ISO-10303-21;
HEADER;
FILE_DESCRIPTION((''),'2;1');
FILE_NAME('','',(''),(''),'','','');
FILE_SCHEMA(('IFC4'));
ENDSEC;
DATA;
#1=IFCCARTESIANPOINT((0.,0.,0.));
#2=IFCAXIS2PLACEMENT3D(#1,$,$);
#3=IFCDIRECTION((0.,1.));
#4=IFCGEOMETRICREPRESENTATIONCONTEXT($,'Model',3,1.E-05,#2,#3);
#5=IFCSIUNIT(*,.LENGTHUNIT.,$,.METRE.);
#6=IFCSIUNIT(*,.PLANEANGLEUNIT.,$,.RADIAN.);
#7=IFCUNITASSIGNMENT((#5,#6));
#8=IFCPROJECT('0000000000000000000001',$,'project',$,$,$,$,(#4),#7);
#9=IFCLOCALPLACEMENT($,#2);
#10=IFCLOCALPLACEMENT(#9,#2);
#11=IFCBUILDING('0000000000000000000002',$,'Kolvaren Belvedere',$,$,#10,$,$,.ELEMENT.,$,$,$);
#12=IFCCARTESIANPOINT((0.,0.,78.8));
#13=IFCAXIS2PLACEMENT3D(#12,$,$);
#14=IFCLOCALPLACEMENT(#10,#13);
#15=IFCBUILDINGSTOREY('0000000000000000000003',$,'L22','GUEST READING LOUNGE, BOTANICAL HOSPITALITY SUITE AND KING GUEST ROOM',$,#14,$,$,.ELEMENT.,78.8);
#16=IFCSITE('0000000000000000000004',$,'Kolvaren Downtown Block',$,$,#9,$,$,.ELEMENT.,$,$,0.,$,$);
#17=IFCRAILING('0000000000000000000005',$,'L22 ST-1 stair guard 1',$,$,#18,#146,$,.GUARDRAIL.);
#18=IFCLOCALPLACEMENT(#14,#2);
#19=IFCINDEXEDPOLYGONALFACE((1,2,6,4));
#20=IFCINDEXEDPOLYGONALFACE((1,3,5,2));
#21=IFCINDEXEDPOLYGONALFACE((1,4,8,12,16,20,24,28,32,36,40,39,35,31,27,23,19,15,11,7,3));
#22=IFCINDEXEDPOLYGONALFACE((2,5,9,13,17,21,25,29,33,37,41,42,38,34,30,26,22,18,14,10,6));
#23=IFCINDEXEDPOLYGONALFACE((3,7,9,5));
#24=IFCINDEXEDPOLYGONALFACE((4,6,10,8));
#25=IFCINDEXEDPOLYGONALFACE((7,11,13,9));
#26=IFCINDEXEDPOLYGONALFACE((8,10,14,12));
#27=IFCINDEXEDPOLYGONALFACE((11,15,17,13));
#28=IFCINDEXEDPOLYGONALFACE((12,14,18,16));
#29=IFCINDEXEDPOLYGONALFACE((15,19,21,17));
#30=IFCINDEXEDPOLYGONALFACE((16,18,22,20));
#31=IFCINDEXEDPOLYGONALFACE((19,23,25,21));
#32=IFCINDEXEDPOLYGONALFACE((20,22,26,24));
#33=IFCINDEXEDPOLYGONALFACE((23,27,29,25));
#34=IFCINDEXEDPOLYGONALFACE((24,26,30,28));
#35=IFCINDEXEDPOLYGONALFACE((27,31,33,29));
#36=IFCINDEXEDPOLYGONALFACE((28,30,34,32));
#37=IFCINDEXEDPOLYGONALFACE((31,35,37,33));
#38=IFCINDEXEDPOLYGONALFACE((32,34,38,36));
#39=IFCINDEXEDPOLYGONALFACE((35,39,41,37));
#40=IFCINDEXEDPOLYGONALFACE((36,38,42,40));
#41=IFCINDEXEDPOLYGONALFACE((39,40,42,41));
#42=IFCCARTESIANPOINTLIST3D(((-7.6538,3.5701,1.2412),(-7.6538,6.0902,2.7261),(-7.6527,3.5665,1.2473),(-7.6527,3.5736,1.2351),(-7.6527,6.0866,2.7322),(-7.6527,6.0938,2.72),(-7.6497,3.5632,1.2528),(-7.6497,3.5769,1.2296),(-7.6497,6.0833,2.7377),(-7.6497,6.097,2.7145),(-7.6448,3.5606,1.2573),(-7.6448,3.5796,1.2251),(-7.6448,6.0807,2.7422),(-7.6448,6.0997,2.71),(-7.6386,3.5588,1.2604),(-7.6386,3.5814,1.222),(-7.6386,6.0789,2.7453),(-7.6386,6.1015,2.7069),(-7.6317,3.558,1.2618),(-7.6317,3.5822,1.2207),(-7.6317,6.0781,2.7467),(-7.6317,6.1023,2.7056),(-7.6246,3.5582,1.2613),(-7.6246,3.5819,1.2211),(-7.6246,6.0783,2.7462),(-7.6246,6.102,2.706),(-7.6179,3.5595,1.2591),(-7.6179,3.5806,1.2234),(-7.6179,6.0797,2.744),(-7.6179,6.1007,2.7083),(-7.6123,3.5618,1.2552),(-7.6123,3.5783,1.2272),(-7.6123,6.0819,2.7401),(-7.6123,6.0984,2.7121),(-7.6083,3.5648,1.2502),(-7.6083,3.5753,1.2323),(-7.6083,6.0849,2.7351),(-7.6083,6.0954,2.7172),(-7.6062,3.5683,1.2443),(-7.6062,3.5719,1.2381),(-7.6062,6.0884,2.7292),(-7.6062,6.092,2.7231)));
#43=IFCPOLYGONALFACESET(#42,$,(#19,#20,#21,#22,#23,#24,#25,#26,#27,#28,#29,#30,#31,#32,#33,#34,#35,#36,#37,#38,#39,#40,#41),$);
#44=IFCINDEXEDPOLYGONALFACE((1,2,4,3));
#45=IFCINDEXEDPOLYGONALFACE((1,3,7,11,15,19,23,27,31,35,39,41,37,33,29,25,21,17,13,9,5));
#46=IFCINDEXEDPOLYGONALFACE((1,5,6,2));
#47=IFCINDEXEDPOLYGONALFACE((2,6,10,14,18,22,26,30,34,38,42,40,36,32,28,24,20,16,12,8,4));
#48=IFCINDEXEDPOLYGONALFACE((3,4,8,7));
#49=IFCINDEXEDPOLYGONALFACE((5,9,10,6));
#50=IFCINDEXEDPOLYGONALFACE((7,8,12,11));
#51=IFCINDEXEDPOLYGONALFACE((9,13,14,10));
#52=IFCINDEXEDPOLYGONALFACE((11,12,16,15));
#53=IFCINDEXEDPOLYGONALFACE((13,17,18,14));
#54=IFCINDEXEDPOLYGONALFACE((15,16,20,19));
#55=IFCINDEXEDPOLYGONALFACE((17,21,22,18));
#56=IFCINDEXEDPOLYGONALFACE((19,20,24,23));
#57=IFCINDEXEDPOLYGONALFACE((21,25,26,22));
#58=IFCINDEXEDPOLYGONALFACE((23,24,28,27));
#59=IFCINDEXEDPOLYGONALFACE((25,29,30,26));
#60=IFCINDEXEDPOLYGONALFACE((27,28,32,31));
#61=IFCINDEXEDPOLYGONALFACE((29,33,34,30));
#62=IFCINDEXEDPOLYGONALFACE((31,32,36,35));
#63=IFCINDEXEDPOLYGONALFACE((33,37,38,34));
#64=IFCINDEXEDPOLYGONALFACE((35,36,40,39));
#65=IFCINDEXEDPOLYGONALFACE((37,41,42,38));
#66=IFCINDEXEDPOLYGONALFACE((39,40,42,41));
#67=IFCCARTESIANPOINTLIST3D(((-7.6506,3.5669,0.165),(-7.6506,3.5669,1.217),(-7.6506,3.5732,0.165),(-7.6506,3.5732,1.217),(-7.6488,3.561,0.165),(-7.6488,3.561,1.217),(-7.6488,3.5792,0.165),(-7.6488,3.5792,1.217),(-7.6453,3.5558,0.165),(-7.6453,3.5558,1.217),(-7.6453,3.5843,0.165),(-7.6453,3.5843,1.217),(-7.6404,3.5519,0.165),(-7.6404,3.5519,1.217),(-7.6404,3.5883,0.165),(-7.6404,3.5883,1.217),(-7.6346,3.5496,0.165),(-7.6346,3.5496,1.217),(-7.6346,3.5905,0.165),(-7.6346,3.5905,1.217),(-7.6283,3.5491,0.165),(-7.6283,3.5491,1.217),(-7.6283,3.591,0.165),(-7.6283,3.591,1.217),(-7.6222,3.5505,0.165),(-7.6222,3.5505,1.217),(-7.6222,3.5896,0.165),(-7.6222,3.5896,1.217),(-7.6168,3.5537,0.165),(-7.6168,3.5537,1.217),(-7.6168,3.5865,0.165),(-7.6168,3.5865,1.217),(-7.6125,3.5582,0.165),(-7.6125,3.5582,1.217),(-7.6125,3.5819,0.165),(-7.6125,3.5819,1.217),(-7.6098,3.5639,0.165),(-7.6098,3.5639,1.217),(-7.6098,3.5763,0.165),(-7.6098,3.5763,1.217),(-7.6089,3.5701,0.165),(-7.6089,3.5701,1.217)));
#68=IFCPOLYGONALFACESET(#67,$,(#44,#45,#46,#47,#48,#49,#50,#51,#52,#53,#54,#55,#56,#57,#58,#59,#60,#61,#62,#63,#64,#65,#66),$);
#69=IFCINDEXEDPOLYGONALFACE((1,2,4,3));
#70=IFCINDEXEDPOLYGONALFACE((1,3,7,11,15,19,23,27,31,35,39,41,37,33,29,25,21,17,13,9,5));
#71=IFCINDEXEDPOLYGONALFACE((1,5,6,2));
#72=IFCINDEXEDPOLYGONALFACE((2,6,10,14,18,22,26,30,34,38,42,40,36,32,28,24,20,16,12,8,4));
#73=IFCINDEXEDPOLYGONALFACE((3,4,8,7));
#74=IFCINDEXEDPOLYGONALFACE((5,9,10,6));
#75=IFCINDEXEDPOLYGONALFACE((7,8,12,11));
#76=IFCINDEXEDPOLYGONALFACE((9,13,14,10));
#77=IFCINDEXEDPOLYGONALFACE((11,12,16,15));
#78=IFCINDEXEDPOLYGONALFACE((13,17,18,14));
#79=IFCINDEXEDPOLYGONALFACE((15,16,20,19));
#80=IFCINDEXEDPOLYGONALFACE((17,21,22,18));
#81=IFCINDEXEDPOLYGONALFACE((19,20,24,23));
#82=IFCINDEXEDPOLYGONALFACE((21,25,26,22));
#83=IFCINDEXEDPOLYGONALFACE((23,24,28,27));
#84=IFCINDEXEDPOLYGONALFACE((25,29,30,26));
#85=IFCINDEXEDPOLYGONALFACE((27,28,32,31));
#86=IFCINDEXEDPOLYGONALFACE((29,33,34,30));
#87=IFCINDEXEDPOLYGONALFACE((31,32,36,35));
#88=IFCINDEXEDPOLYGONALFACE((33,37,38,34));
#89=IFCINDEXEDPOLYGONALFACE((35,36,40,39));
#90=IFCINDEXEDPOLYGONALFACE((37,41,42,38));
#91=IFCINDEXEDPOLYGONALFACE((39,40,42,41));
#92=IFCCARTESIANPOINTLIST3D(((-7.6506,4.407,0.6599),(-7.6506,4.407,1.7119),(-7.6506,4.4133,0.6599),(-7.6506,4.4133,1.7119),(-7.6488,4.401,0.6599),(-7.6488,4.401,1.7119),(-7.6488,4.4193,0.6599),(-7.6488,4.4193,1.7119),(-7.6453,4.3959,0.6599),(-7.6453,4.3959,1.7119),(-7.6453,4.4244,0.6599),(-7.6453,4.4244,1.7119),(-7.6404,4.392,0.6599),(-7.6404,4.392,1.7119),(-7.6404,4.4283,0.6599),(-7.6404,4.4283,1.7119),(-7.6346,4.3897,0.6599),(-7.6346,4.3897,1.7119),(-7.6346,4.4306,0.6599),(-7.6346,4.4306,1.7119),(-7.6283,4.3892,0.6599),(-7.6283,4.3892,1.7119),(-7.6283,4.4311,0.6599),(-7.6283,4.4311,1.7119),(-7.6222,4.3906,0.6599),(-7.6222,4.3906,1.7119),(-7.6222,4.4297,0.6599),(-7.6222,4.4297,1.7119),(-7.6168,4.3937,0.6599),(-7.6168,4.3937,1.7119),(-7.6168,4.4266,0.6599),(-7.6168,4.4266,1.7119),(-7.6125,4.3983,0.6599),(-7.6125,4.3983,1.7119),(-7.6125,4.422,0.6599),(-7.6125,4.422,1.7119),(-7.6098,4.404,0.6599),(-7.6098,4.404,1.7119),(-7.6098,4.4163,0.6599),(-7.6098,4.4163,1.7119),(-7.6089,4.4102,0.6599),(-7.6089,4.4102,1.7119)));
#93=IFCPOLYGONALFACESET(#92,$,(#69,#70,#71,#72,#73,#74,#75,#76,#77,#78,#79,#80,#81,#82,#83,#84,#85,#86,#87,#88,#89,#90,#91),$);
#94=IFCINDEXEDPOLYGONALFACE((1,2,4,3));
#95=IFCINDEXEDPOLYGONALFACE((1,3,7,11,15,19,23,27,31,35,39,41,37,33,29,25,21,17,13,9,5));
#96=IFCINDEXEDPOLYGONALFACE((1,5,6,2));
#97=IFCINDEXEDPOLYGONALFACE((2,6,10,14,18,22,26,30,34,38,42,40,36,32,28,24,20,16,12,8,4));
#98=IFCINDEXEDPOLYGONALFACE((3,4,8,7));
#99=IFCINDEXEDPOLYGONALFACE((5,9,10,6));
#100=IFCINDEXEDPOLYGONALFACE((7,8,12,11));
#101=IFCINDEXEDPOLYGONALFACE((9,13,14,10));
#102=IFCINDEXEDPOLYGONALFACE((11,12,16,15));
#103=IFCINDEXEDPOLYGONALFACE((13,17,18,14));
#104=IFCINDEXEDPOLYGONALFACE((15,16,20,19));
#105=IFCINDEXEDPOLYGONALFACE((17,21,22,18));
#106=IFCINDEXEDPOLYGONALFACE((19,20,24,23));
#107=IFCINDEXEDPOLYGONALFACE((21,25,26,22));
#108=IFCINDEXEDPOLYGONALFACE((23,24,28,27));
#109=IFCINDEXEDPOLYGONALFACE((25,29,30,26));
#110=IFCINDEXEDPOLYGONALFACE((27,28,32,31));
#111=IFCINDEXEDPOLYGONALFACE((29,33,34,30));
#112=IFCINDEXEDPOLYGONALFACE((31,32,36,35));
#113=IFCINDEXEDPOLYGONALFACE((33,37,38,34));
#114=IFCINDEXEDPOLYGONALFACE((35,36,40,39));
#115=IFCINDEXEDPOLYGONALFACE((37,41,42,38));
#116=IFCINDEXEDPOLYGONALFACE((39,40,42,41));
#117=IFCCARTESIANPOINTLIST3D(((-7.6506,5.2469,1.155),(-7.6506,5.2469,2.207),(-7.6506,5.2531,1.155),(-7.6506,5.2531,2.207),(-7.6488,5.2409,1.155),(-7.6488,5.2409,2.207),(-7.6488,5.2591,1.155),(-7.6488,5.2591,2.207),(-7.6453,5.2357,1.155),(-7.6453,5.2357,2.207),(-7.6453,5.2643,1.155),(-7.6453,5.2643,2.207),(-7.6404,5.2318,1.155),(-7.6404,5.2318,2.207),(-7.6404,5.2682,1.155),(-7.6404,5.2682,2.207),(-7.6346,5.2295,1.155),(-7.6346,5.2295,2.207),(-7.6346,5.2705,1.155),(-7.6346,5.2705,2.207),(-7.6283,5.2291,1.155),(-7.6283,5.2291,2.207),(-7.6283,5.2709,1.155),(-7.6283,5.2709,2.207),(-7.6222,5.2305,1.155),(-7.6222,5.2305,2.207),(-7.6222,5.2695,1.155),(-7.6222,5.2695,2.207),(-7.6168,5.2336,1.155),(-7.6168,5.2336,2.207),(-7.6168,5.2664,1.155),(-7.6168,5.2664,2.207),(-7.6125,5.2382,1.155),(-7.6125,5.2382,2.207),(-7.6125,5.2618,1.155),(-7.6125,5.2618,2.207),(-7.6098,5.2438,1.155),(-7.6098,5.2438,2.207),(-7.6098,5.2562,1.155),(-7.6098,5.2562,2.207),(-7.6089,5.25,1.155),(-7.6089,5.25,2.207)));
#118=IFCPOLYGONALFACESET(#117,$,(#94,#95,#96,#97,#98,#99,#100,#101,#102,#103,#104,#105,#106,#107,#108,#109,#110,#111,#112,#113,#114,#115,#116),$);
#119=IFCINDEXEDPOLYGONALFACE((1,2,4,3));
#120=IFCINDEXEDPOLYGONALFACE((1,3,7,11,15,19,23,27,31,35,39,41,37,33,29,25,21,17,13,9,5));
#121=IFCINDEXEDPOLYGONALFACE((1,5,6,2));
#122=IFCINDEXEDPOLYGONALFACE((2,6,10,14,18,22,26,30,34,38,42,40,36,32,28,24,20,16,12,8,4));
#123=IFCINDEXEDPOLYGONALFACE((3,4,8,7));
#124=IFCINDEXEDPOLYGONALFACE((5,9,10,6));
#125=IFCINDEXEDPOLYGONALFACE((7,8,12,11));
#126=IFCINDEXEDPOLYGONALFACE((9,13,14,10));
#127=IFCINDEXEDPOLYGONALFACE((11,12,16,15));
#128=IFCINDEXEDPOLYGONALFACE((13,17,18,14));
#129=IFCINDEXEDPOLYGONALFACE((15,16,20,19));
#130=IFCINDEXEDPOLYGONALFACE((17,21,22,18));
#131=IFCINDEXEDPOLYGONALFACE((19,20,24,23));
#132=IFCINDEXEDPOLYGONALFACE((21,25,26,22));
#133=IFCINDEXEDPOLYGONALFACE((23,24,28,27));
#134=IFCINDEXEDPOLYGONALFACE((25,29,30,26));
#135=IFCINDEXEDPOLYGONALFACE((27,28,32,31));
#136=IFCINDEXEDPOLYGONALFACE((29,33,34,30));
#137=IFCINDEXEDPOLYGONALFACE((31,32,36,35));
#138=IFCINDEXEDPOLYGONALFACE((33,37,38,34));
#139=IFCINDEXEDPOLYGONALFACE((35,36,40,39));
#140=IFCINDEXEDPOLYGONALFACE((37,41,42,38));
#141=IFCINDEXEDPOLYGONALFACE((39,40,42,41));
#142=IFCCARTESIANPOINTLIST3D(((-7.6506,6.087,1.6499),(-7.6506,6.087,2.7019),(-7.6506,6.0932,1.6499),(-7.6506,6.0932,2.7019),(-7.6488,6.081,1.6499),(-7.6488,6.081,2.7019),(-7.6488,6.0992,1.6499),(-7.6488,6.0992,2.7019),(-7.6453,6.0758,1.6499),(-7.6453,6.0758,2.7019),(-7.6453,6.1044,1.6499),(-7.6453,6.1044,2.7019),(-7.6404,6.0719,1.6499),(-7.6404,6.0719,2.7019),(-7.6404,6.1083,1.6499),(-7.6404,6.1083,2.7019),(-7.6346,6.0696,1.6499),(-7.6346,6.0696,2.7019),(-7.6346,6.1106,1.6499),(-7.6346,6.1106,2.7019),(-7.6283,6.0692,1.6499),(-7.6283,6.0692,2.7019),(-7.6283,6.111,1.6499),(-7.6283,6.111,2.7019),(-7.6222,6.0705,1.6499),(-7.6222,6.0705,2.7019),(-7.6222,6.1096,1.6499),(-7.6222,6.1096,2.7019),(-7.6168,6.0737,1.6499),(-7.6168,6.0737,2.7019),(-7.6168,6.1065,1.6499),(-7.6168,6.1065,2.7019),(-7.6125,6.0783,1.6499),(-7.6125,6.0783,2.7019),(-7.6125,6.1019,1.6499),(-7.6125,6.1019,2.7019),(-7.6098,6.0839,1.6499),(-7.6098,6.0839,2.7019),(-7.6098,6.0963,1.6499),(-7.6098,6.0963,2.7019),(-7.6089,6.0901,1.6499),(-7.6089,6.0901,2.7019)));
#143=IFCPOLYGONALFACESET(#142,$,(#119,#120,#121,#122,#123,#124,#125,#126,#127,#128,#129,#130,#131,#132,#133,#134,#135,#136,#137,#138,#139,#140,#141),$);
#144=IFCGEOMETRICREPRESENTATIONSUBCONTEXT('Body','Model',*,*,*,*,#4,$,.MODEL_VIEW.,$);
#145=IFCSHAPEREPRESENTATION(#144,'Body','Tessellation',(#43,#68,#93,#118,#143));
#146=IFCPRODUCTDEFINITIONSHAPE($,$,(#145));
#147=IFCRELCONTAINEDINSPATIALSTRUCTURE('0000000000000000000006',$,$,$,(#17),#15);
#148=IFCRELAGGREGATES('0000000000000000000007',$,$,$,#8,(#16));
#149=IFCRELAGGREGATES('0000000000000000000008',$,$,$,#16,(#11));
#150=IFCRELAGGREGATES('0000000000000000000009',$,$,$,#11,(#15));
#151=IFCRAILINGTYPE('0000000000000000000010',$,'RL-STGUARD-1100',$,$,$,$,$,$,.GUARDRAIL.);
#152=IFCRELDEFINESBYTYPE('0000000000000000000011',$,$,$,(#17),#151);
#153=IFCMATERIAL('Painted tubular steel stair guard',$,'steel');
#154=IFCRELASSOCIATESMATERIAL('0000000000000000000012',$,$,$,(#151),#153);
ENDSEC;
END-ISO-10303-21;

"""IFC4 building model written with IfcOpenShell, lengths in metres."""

from ifc_helpers import new_model, si_unit, direction, frame, origin, origin_2d, place, context, subcontext, project, spatial, circle, extrude, material, type_object, element, save


model = new_model("IFC4")

# Units and contexts
model_context = context("Model", 3, precision=1e-05, world=origin(), true_north=direction((0.0, 1.0)))
body_context = subcontext(model_context, "Body", "Model", "MODEL_VIEW")
ifc_project = project(units=[si_unit("LENGTHUNIT", "METRE"), si_unit("PLANEANGLEUNIT", "RADIAN")], contexts=[model_context])

# Site, building, storey
site_placement = place(None, origin())
site = spatial("IfcSite", under=ifc_project, at=site_placement, Name="Kolvaren Downtown Block", CompositionType="ELEMENT", RefElevation=0.0)
building_placement = place(site_placement, origin())
building = spatial("IfcBuilding", under=site, at=building_placement, Name="Kolvaren Belvedere", CompositionType="ELEMENT")
storey_placement = place(building_placement, frame((0.0, 0.0, 78.8)))
storey = spatial("IfcBuildingStorey", under=building, at=storey_placement, Name="L22", Description="GUEST READING LOUNGE, BOTANICAL HOSPITALITY SUITE AND KING GUEST ROOM", CompositionType="ELEMENT", Elevation=78.8)

# Railing
ifc_material_1 = material(Name="Painted tubular steel stair guard", Category="steel")
railing_type_1 = type_object("IfcRailingType", Name="RL-STGUARD-1100", PredefinedType="GUARDRAIL", material=ifc_material_1)
railing_1_placement = place(storey_placement, frame((-7.6299, 3.5701, 0.165)))
element("IfcRailing", 1, at=railing_1_placement, inside=storey, type_object=railing_type_1, Name="L22 ST-1 stair guard 1", PredefinedType="GUARDRAIL", context=body_context, shape_type="SweptSolid", body=[
    extrude(circle(Radius=0.0239, at=origin_2d()), frame((0.0, 0.0, 1.0762), z_axis=(0.0, 0.861561, 0.507655), x_axis=(-1.0, 0.0, 0.0)), (0.0, 0.0, 1.0), 2.925),
    extrude(circle(Radius=0.021, at=origin_2d()), origin(), (0.0, 0.0, 1.0), 1.052),
    extrude(circle(Radius=0.021, at=origin_2d()), frame((0.0, 0.8401, 0.4949)), (0.0, 0.0, 1.0), 1.052),
    extrude(circle(Radius=0.021, at=origin_2d()), frame((0.0, 1.6799, 0.99)), (0.0, 0.0, 1.0), 1.052),
    extrude(circle(Radius=0.021, at=origin_2d()), frame((0.0, 2.52, 1.4849)), (0.0, 0.0, 1.0), 1.052),
])

save(model, "model.ifc")
